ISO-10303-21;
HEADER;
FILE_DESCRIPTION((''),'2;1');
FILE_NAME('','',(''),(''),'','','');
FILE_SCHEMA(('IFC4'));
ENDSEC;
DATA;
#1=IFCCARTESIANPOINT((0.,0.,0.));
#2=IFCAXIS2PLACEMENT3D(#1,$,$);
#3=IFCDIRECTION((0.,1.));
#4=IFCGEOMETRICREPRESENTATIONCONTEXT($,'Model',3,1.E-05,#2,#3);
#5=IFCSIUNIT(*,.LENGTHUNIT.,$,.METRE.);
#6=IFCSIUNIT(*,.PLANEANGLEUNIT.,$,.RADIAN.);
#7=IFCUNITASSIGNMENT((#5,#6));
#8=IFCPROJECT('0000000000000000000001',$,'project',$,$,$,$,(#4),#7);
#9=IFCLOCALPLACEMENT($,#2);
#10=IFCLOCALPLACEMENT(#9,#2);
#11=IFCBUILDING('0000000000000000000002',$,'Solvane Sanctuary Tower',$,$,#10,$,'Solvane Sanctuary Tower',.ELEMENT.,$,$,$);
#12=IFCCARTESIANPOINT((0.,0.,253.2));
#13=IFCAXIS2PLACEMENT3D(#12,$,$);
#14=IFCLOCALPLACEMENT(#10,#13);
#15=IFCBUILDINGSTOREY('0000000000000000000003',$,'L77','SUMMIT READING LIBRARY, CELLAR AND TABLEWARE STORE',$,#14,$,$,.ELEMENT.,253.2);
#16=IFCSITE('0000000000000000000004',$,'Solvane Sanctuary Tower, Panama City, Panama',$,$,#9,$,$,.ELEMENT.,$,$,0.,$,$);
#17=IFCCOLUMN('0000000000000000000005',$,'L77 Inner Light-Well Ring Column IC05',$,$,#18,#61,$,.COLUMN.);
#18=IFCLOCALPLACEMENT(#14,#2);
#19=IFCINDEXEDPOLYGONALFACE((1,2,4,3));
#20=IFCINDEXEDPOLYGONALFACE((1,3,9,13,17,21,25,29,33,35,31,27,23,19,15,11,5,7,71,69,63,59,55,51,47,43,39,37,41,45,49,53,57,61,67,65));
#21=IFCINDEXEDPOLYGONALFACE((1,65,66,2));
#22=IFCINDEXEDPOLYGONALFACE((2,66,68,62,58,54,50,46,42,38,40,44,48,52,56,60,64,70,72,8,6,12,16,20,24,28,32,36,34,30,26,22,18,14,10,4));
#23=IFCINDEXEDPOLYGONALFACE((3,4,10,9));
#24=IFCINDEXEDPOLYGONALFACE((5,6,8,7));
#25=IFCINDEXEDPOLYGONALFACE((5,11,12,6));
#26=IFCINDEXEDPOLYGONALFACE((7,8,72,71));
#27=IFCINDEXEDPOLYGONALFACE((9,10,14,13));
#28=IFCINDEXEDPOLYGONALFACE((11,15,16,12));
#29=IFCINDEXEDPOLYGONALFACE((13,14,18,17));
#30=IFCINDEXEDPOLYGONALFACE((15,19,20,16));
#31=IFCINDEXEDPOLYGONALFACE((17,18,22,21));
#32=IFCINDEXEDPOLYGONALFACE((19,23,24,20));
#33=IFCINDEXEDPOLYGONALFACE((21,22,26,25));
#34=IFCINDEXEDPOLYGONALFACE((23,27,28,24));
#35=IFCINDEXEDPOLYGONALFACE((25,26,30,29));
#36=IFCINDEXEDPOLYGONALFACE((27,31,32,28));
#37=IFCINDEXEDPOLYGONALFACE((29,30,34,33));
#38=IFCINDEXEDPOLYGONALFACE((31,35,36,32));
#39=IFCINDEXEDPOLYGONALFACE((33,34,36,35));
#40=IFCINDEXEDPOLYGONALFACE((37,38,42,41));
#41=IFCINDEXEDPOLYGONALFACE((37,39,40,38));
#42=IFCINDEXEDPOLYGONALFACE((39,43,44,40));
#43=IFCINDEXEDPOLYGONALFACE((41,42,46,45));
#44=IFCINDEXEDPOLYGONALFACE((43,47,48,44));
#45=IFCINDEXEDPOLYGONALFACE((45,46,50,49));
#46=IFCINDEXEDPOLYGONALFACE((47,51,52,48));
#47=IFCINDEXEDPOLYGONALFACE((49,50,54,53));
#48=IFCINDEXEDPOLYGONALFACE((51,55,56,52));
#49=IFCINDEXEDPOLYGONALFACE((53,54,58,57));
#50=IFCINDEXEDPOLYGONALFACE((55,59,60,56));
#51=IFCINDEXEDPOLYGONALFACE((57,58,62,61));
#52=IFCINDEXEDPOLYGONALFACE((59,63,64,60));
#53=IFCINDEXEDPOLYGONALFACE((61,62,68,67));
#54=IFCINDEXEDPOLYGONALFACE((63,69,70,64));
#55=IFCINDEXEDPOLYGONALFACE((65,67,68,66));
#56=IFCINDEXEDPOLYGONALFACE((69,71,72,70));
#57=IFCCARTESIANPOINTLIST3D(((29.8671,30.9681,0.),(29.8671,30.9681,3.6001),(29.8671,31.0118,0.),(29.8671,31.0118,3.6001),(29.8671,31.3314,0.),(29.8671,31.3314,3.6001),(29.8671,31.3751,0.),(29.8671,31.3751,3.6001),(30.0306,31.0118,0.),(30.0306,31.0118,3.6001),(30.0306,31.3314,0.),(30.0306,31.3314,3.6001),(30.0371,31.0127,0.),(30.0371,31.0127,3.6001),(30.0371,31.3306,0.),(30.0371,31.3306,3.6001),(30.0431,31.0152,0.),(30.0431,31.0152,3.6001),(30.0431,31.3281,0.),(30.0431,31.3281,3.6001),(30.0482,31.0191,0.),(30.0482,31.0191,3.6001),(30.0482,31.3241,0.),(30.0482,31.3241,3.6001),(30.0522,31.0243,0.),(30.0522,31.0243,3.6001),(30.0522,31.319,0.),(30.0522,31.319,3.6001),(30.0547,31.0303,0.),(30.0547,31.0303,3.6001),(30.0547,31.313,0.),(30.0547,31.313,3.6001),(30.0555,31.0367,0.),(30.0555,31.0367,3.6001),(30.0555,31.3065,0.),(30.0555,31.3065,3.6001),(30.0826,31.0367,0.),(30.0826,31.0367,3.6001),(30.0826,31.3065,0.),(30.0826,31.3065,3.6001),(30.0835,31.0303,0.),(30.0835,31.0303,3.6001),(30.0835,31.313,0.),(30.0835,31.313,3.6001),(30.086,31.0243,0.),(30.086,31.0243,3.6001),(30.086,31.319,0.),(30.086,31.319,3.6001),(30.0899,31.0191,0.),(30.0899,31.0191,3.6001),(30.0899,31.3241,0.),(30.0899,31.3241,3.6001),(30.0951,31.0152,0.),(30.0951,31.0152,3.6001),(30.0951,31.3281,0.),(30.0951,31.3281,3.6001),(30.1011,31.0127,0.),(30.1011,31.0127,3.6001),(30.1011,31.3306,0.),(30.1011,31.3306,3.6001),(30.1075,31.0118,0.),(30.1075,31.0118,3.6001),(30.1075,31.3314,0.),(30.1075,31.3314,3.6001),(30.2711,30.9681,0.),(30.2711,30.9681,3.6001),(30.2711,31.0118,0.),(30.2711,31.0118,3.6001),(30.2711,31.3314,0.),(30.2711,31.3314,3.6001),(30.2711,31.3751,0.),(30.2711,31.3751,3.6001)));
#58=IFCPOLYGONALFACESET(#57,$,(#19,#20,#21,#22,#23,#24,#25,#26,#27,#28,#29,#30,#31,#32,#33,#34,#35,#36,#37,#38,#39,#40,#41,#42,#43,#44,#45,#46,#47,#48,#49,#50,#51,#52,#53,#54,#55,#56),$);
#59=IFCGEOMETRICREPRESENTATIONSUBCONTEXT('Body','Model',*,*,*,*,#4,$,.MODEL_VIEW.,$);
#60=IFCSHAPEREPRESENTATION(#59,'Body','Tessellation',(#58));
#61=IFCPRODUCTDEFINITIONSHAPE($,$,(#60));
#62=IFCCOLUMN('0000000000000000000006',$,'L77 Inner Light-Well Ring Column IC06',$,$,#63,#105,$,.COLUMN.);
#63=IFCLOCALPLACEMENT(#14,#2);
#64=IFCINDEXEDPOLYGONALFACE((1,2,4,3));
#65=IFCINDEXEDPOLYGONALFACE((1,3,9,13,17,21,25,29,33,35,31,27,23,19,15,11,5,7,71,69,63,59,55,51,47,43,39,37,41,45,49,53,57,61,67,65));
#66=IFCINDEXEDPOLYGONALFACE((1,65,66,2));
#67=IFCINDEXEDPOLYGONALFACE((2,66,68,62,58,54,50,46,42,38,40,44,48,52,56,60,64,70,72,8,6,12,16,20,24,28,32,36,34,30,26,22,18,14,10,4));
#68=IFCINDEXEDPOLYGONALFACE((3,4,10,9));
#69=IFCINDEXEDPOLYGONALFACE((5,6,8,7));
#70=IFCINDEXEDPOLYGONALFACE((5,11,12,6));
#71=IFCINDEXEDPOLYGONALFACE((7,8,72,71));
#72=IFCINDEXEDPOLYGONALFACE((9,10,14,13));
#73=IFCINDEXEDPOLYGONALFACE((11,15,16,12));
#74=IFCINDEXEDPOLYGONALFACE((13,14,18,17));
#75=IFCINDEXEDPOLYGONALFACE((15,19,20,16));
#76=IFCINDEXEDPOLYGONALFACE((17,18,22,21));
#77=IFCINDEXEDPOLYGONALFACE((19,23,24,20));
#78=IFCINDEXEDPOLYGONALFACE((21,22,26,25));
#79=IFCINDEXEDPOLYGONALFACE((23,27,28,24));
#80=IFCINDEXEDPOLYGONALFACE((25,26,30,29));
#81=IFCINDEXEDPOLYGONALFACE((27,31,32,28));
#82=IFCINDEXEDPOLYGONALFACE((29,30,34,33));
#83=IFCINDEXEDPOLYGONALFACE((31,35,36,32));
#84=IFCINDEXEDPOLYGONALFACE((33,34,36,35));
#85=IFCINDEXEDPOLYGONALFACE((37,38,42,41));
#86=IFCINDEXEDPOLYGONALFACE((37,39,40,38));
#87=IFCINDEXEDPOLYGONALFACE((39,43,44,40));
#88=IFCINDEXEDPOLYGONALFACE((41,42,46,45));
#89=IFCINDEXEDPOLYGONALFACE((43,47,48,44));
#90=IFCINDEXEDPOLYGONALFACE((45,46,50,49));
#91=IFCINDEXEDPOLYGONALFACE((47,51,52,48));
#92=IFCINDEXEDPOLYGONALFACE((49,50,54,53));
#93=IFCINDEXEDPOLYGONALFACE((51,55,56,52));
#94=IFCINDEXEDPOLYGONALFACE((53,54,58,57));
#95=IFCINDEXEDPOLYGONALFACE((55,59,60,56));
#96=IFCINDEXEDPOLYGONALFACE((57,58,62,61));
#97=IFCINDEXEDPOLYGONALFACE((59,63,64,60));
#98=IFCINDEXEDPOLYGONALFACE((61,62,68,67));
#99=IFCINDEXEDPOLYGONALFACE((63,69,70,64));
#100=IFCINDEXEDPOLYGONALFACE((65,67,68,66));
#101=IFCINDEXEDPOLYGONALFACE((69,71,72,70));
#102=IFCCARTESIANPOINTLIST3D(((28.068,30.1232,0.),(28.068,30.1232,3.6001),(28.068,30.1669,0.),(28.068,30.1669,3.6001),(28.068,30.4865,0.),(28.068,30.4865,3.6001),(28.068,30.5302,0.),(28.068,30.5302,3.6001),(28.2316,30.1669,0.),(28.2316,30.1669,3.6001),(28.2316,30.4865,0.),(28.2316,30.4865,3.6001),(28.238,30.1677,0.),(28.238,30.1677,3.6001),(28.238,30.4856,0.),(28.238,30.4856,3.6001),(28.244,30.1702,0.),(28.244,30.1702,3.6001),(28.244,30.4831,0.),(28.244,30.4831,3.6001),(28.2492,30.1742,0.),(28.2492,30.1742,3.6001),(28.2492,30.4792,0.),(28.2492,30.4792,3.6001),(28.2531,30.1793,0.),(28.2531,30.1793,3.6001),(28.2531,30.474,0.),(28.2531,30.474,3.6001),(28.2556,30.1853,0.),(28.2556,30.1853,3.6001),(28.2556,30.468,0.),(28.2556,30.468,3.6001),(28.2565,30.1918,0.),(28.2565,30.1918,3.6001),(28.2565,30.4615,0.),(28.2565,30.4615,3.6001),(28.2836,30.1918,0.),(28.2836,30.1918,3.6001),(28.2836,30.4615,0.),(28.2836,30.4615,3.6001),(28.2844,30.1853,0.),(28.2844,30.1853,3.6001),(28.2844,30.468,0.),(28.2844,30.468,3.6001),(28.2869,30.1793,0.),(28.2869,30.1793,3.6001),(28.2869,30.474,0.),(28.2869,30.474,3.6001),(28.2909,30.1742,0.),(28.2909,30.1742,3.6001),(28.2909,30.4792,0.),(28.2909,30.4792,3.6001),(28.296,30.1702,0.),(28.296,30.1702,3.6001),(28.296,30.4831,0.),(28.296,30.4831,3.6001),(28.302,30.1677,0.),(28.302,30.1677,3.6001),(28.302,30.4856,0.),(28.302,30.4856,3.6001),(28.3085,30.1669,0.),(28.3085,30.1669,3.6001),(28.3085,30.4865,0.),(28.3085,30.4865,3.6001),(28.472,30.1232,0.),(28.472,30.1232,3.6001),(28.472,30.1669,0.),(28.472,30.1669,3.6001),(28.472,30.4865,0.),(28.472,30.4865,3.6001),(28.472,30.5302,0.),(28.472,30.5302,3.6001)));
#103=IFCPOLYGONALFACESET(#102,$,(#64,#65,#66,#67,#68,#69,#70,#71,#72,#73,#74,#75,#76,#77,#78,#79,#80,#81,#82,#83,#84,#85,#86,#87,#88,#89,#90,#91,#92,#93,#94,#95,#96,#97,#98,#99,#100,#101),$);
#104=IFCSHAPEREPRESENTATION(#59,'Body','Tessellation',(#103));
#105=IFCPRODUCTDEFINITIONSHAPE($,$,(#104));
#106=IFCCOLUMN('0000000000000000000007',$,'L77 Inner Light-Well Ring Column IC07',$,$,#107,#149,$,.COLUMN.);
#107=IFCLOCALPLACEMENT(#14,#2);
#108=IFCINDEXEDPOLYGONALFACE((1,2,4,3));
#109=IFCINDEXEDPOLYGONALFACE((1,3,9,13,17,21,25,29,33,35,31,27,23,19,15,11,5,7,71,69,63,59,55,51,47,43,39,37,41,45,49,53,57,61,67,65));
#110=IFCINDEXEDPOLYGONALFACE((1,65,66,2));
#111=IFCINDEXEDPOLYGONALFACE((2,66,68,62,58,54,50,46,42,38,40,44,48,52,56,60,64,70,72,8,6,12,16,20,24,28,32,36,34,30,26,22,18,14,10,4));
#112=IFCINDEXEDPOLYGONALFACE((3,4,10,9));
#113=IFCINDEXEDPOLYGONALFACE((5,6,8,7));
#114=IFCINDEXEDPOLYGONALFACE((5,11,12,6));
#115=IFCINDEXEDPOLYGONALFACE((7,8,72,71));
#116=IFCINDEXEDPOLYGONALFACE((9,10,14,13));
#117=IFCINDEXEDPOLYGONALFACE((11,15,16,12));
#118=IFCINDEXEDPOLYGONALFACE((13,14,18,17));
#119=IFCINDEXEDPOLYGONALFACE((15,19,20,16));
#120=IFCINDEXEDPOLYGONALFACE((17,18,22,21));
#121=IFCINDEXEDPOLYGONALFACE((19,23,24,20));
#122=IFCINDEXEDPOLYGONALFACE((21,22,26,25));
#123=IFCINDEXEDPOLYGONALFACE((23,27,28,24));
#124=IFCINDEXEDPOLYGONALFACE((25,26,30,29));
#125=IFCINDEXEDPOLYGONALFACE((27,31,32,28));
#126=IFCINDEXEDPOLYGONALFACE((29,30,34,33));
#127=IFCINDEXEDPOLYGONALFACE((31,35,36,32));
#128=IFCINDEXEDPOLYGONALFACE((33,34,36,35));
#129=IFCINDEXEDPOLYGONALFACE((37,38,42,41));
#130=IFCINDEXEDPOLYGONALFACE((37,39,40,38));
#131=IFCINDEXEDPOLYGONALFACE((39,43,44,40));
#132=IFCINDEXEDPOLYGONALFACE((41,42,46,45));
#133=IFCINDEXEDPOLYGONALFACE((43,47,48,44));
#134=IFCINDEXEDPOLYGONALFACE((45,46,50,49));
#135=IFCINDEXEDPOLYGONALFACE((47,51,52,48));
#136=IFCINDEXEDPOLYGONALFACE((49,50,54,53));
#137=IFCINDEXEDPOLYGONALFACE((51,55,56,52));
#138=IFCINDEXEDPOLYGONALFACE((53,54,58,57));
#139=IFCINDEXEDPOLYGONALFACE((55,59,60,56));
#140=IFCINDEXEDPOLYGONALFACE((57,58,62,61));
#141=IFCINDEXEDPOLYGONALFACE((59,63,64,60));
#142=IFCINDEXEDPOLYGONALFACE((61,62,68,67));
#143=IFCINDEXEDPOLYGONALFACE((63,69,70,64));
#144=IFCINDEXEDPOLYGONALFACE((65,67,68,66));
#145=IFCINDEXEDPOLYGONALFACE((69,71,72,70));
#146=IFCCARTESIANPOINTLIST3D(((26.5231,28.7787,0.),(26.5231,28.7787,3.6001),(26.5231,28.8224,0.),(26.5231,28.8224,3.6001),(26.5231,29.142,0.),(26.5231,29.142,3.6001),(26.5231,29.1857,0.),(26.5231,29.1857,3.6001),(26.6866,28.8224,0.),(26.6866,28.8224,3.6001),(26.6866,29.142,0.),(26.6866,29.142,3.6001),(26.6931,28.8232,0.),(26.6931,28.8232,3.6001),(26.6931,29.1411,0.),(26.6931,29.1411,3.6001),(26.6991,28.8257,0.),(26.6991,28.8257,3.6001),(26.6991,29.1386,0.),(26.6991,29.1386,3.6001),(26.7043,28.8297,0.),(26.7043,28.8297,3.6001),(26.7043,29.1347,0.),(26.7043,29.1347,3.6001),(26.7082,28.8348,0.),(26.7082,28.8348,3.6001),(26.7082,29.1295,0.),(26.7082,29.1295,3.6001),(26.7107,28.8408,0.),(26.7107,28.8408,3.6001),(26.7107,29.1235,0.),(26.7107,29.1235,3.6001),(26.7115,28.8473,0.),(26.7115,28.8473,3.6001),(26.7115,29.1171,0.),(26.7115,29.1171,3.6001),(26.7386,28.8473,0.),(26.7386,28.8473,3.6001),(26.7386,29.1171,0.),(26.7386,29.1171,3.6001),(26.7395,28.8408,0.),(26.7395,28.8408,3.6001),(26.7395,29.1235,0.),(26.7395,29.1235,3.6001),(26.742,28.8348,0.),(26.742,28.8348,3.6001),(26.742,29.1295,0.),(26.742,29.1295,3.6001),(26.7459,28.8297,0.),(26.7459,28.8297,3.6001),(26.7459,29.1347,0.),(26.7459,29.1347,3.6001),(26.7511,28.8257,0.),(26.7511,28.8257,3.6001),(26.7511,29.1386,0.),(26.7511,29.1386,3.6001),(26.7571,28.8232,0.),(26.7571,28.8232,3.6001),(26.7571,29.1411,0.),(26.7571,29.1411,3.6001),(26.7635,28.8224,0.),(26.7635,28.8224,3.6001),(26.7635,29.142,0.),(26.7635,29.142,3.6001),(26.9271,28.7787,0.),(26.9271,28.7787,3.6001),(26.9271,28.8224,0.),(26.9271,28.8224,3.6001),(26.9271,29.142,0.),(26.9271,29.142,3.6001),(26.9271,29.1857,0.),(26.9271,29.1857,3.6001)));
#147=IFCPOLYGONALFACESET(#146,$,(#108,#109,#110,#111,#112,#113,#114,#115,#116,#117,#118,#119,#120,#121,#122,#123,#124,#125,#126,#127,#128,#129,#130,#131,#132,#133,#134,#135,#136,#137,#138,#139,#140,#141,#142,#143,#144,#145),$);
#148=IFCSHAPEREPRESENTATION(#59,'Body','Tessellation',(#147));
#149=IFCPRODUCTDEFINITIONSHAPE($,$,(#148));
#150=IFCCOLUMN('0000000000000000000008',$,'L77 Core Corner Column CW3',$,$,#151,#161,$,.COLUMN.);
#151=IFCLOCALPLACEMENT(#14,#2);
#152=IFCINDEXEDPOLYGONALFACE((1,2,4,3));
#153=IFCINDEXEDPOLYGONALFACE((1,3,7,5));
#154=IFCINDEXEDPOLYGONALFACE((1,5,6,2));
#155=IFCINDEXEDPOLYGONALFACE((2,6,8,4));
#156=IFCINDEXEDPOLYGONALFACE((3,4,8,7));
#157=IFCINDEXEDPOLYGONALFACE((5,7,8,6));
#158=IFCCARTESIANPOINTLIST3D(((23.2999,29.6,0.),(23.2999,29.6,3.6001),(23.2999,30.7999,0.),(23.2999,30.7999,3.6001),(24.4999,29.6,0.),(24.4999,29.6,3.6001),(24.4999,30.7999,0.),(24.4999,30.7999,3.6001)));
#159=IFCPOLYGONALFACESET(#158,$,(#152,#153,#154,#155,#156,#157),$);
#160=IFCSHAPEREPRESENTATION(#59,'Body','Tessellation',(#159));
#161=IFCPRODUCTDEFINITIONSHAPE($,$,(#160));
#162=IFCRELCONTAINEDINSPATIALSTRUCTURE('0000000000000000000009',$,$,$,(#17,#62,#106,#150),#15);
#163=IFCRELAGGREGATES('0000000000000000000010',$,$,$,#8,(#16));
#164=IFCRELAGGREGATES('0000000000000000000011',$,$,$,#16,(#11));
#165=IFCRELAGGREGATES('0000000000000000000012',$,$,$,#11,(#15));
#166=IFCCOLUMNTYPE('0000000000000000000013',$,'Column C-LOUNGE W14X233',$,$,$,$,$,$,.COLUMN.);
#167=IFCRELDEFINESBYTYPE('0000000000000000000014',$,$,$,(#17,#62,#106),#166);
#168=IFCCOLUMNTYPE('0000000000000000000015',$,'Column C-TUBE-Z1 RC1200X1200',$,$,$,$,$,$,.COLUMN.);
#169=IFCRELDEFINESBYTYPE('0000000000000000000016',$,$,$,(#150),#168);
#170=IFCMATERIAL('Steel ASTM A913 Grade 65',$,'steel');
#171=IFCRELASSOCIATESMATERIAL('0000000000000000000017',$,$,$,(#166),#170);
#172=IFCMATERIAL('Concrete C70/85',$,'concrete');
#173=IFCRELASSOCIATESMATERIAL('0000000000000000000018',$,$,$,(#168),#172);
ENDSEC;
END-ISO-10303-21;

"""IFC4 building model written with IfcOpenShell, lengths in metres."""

from ifc_helpers import new_model, si_unit, direction, frame, origin, origin_2d, place, context, subcontext, project, spatial, rectangle, i_section, extrude, material, material_profile, profile_set, type_object, element, save


model = new_model("IFC4")

# Units and contexts
model_context = context("Model", 3, precision=1e-05, world=origin(), true_north=direction((0.0, 1.0)))
body_context = subcontext(model_context, "Body", "Model", "MODEL_VIEW")
ifc_project = project(units=[si_unit("LENGTHUNIT", "METRE"), si_unit("PLANEANGLEUNIT", "RADIAN")], contexts=[model_context])

# Site, building, storey
site_placement = place(None, origin())
site = spatial("IfcSite", under=ifc_project, at=site_placement, Name="Solvane Sanctuary Tower, Panama City, Panama", CompositionType="ELEMENT", RefElevation=0.0)
building_placement = place(site_placement, origin())
building = spatial("IfcBuilding", under=site, at=building_placement, Name="Solvane Sanctuary Tower", LongName="Solvane Sanctuary Tower", CompositionType="ELEMENT")
storey_placement = place(building_placement, frame((0.0, 0.0, 253.2)))
storey = spatial("IfcBuildingStorey", under=building, at=storey_placement, Name="L77", Description="SUMMIT READING LIBRARY, CELLAR AND TABLEWARE STORE", CompositionType="ELEMENT", Elevation=253.2)

# Columns
ifc_material_1 = material(Name="Steel ASTM A913 Grade 65", Category="steel")
ifc_material_profile_1 = material_profile(ifc_material_1, i_section(OverallWidth=0.4041, OverallDepth=0.407, WebThickness=0.0271, FlangeThickness=0.0437, FilletRadius=0.0249, at=origin_2d()), Name="W14X233")
ifc_profile_set_1 = profile_set([ifc_material_profile_1], Name="Steel ASTM A913 Grade 65")
column_type_1 = type_object("IfcColumnType", Name="Column C-LOUNGE W14X233", PredefinedType="COLUMN", material=ifc_profile_set_1)
for number, where, z_axis, x_axis, name in (
    (1, (30.0691, 31.1716, 0.0), (0.0, 0.0, 1.0), (1.0, 0.0, 0.0), "L77 Inner Light-Well Ring Column IC05"),
    (2, (28.27, 30.3267, 0.0), (0.0, 0.0, 1.0), (1.0, 0.0, 0.0), "L77 Inner Light-Well Ring Column IC06"),
    (3, (26.7251, 28.9822, 0.0), (0.0, 0.0, 1.0), (1.0, 0.0, 0.0), "L77 Inner Light-Well Ring Column IC07"),
):
    element("IfcColumn", number, at=place(storey_placement, frame(where, z_axis=z_axis, x_axis=x_axis)), inside=storey, type_object=column_type_1, Name=name, PredefinedType="COLUMN", context=body_context, shape_type="SweptSolid", body=[
        extrude(i_section(OverallWidth=0.4041, OverallDepth=0.407, WebThickness=0.0271, FlangeThickness=0.0437, FilletRadius=0.0249, at=origin_2d()), origin(), (0.0, 0.0, 1.0), 3.6001),
    ])
ifc_material_2 = material(Name="Concrete C70/85", Category="concrete")
ifc_material_profile_2 = material_profile(ifc_material_2, rectangle(XDim=1.2, YDim=1.2, at=origin_2d()), Name="RC1200X1200")
ifc_profile_set_2 = profile_set([ifc_material_profile_2], Name="Concrete C70/85")
column_type_2 = type_object("IfcColumnType", Name="Column C-TUBE-Z1 RC1200X1200", PredefinedType="COLUMN", material=ifc_profile_set_2)
column_placement = place(storey_placement, frame((23.8999, 30.2, 0.0), z_axis=(0.0, 0.0, 1.0), x_axis=(1.0, 0.0, 0.0)))
element("IfcColumn", 4, at=column_placement, inside=storey, type_object=column_type_2, Name="L77 Core Corner Column CW3", PredefinedType="COLUMN", context=body_context, shape_type="SweptSolid", body=[
    extrude(rectangle(XDim=1.2, YDim=1.2, at=origin_2d()), origin(), (0.0, 0.0, 1.0), 3.6001),
])

save(model, "model.ifc")
